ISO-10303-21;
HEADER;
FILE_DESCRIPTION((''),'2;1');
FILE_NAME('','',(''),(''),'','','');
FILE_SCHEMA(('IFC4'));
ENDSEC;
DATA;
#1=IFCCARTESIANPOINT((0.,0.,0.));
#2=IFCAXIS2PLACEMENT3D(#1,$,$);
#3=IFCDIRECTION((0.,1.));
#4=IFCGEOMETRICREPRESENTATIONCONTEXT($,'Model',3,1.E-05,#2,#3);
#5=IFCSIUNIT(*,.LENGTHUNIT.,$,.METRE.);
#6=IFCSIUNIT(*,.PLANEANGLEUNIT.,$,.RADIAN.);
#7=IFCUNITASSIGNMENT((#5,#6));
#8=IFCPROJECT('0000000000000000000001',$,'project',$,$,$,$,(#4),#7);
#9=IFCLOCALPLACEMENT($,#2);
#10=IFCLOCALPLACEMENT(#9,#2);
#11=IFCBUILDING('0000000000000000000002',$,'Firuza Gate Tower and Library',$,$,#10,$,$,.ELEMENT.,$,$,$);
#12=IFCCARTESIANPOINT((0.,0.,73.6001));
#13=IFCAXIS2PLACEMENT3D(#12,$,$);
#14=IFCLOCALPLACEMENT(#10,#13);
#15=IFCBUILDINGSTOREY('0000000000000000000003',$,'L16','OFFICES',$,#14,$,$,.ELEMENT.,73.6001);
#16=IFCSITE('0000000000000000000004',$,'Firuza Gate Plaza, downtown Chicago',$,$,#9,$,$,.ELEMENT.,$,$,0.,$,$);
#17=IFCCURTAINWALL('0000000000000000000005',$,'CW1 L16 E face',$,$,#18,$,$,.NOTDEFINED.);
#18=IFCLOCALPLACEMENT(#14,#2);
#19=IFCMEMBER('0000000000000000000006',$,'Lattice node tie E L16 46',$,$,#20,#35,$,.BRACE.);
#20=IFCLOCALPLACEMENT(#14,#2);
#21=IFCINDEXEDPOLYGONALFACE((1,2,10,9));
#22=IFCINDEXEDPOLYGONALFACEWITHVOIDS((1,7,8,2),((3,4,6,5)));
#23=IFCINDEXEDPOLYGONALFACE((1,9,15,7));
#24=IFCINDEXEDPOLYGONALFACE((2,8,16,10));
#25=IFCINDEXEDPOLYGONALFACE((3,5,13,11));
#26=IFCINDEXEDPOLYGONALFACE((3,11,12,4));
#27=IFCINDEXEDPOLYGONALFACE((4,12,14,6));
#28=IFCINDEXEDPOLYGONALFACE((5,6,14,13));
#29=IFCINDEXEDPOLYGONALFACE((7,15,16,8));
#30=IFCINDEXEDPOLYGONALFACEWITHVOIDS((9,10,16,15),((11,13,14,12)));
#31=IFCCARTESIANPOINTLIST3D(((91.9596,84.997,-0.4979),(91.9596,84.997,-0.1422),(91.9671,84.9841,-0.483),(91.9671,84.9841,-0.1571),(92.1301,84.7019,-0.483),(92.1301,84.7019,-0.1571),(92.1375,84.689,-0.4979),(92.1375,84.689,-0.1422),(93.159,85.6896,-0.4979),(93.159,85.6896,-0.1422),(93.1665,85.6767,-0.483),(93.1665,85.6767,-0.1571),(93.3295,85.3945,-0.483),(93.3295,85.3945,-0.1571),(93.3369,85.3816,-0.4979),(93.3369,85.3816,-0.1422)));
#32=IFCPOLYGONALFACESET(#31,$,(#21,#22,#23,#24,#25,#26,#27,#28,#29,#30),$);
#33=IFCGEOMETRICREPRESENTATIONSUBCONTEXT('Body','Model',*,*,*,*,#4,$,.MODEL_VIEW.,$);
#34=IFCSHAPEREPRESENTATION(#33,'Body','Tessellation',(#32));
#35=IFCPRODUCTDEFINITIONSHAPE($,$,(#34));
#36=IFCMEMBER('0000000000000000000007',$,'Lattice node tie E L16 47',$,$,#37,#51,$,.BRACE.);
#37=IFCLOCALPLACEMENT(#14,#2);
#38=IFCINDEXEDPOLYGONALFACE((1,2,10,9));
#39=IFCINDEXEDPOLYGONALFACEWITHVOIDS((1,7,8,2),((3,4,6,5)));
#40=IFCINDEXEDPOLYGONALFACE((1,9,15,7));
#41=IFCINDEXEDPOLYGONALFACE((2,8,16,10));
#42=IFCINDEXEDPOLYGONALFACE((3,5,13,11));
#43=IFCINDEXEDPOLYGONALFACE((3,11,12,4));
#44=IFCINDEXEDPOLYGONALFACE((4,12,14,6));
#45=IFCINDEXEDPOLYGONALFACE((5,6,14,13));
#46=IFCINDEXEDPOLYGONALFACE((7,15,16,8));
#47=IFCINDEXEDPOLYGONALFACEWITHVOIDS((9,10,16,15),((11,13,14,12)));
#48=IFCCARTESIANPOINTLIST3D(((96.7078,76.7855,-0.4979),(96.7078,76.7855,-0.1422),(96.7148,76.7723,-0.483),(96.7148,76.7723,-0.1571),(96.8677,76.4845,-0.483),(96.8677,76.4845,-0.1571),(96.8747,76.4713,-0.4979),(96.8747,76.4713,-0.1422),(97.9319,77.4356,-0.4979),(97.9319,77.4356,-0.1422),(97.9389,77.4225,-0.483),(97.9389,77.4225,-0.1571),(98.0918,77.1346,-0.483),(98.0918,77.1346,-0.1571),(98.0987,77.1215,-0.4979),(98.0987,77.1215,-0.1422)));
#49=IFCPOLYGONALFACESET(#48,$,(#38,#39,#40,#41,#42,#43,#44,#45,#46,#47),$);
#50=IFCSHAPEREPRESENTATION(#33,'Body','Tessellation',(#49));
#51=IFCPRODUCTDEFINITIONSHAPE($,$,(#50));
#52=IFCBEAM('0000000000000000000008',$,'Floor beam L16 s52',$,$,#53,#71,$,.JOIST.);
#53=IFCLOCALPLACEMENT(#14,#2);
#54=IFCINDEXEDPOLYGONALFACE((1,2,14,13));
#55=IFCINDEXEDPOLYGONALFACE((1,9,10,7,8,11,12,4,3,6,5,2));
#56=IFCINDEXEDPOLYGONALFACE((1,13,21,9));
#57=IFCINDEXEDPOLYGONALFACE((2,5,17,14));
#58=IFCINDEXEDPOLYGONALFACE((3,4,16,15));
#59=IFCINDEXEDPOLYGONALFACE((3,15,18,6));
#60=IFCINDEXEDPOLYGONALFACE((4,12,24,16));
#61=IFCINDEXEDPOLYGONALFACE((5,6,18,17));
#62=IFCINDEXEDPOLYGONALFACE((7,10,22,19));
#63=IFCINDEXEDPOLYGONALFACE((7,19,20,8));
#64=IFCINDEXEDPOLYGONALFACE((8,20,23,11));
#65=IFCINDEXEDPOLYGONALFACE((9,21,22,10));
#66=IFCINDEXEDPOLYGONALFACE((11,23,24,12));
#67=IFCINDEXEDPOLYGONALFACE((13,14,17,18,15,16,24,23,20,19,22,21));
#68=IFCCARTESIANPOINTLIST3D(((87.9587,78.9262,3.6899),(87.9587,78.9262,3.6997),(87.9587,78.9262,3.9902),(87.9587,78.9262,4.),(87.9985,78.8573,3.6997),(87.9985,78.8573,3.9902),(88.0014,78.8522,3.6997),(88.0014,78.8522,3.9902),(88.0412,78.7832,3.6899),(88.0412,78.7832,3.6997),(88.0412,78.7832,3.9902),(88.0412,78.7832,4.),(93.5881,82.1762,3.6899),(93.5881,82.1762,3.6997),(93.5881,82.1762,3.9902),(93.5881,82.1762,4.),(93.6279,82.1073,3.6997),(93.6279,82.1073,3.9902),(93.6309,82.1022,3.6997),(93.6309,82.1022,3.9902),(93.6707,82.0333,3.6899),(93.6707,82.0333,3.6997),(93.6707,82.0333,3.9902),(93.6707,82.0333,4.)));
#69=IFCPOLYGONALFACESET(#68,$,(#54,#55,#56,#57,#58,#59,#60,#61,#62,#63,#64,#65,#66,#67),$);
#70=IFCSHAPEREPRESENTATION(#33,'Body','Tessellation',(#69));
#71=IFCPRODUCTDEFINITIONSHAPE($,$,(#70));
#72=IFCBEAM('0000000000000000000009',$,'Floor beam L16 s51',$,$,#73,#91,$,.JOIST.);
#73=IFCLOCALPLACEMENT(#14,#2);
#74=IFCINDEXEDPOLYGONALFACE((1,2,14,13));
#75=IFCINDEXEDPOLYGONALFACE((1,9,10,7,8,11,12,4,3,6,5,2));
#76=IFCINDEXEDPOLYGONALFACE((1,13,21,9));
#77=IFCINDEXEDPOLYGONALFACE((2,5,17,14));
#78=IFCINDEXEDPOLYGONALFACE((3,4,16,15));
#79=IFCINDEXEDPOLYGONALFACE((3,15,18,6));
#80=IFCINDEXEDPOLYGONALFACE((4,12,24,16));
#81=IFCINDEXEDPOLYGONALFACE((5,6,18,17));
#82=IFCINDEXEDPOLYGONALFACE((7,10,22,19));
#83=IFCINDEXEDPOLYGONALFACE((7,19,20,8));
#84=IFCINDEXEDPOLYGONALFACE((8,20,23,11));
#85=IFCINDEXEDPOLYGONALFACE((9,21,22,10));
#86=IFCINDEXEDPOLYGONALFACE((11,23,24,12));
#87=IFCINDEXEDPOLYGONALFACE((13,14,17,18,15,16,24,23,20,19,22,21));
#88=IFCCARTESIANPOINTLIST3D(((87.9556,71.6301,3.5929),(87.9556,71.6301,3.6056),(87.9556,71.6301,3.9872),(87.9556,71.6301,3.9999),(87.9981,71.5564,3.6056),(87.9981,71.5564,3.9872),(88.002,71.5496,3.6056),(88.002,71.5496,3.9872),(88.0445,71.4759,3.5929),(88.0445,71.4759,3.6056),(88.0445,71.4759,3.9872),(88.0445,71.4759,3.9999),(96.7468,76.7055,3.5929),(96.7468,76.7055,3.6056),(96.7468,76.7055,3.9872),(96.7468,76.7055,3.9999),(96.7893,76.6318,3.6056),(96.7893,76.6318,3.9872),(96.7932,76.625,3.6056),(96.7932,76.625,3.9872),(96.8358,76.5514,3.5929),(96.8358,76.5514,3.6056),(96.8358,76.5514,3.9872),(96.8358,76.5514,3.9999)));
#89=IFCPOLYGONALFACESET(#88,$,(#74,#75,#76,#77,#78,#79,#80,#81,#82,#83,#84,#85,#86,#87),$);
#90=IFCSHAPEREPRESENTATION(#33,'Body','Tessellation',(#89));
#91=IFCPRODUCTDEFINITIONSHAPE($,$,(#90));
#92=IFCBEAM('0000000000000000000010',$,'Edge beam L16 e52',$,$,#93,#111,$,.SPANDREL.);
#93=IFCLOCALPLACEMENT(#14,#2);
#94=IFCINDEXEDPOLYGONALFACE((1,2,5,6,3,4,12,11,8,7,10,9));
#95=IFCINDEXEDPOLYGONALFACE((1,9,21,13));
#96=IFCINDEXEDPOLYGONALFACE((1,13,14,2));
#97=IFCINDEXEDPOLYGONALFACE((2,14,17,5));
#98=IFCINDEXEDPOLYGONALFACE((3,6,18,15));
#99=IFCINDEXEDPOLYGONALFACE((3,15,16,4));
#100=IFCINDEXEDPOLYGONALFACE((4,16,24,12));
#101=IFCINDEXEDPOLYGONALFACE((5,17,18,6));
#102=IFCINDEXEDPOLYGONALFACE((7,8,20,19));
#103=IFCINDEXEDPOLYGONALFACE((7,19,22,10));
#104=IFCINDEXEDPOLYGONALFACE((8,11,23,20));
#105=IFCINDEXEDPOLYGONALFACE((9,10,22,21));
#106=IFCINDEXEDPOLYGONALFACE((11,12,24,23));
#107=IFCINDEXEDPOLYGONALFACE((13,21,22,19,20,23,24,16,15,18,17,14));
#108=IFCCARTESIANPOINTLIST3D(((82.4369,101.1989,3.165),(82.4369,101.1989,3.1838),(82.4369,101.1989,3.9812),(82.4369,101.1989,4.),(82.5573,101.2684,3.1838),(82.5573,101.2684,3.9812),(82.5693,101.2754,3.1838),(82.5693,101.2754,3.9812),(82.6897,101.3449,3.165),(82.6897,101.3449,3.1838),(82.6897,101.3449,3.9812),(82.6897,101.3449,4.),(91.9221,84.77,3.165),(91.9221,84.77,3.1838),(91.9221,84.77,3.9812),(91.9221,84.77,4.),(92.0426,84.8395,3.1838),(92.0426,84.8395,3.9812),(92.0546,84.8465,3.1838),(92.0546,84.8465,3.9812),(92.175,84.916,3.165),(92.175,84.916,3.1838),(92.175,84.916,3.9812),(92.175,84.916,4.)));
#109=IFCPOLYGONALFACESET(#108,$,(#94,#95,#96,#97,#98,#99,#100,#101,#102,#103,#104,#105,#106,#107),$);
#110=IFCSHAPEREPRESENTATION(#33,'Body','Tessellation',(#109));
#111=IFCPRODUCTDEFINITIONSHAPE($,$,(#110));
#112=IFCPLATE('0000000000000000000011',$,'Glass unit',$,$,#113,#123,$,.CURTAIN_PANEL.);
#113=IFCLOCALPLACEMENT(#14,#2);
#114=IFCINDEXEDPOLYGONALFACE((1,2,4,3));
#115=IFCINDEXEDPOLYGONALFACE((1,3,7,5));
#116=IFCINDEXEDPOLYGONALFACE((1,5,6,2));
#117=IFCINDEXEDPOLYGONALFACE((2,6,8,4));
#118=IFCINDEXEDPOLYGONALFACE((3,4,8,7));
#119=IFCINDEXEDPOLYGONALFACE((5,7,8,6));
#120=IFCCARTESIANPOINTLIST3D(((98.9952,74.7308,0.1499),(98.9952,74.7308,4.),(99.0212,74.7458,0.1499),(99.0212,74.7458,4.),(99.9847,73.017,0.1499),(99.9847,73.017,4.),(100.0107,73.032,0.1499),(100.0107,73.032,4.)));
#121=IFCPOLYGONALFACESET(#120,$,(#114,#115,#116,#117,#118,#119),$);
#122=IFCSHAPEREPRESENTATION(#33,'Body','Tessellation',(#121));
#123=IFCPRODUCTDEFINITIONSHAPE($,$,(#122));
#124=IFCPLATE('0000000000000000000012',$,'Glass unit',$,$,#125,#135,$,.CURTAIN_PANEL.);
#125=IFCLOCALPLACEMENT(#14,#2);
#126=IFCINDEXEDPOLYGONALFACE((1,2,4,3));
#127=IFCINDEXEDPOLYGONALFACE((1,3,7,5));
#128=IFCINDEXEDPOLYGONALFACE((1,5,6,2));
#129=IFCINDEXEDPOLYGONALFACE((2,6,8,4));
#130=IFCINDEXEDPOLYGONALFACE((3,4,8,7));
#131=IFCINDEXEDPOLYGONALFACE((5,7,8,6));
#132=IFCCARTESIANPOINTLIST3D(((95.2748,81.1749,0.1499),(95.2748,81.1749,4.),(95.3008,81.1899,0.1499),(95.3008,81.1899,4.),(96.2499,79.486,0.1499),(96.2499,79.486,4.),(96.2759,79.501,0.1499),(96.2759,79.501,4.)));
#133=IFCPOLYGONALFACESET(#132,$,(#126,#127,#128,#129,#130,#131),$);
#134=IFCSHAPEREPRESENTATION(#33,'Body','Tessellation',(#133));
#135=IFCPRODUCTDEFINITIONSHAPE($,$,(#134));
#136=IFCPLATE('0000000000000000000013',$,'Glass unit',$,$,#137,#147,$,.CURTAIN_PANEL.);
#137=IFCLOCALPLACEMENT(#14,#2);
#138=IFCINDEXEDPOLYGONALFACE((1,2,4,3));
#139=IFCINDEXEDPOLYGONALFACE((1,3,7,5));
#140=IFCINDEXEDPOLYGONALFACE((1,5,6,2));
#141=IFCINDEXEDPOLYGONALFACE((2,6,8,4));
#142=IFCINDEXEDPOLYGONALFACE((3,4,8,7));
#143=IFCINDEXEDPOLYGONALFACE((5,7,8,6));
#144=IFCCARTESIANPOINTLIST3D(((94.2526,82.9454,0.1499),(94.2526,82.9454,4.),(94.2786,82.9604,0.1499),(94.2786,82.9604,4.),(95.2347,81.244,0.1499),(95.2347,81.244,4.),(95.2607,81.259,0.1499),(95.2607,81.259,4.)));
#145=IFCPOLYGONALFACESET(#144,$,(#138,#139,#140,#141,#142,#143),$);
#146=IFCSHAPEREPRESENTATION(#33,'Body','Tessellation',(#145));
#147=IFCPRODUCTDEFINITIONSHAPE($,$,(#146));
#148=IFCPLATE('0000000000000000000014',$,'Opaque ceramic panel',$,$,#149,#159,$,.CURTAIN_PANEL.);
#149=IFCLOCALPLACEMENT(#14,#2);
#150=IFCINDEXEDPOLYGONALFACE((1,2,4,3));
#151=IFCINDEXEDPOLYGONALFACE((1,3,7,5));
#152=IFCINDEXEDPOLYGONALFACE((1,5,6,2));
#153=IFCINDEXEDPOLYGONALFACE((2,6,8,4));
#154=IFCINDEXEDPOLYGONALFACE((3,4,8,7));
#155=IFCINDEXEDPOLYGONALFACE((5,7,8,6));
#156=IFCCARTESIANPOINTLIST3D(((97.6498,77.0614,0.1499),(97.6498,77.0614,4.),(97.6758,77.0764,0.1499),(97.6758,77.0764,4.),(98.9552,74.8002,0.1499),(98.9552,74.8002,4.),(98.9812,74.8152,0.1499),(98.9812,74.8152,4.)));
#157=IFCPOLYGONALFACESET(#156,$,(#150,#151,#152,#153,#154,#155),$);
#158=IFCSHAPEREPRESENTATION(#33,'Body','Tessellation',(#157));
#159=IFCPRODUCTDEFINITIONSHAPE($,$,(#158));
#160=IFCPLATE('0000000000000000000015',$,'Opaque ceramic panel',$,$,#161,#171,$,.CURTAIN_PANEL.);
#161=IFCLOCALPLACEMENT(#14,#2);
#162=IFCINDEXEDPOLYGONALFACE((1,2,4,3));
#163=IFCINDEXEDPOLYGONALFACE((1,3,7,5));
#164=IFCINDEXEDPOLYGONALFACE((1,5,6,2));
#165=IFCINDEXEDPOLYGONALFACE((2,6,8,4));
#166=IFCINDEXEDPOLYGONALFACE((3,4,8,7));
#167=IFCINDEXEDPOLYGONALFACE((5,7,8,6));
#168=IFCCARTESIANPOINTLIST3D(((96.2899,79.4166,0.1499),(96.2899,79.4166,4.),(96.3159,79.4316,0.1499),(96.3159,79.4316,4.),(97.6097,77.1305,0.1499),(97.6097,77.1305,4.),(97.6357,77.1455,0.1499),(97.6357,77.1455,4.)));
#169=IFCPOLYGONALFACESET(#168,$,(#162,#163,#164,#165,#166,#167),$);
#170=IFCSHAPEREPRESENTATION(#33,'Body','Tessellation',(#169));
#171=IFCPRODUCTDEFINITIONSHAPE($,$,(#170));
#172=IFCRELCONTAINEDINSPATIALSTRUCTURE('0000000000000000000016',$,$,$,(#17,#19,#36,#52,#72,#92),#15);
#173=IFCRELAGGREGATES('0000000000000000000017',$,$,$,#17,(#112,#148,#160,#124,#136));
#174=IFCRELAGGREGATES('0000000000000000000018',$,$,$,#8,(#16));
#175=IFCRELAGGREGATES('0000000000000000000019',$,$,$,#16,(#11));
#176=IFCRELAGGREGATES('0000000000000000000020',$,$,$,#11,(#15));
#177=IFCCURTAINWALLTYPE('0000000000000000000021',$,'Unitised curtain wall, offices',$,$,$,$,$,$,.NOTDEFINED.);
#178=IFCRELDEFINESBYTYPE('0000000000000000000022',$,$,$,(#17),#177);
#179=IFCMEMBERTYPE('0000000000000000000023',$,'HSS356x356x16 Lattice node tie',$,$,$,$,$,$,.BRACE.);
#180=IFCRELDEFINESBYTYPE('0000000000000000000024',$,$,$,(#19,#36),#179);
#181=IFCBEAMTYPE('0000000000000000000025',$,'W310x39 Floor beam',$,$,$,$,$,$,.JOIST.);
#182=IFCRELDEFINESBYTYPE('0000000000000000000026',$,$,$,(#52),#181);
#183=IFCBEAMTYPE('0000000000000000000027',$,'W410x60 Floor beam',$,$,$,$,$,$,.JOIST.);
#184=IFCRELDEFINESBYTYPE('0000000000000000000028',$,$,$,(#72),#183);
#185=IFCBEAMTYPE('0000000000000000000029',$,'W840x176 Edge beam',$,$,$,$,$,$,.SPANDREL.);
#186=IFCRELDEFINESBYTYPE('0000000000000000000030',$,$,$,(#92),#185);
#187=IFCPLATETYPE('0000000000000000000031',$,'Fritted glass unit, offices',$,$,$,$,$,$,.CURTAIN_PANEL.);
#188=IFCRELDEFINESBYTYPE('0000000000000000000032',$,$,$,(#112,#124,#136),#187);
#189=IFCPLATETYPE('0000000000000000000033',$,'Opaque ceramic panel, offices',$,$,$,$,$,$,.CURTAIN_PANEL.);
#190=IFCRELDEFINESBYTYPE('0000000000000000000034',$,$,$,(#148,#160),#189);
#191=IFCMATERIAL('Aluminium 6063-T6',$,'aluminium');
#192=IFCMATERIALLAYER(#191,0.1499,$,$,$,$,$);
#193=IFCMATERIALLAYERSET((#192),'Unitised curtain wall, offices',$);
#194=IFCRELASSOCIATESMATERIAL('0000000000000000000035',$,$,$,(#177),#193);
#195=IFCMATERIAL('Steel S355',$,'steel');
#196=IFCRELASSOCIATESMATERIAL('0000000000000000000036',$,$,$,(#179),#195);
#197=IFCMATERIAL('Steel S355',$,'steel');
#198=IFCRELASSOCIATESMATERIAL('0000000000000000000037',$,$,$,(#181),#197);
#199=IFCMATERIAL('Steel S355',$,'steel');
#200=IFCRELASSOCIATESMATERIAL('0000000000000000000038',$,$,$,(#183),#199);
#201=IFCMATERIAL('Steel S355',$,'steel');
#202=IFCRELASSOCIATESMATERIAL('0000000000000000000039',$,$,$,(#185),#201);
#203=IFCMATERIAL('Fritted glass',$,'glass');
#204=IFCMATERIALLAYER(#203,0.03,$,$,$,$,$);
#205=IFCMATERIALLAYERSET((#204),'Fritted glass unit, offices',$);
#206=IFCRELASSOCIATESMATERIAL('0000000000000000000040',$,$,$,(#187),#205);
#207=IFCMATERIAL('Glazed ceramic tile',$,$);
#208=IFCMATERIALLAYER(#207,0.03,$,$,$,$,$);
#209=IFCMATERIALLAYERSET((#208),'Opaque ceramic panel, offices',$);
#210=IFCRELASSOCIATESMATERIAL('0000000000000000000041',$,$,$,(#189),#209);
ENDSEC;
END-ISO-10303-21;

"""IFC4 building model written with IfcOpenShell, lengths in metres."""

from ifc_helpers import new_model, si_unit, direction, frame, origin, origin_2d, place, context, subcontext, project, spatial, polyline, hollow_rectangle, i_section, outline, extrude, material, layer, layer_set, material_profile, profile_set, type_object, element, aggregate, save


model = new_model("IFC4")

# Units and contexts
model_context = context("Model", 3, precision=1e-05, world=origin(), true_north=direction((0.0, 1.0)))
body_context = subcontext(model_context, "Body", "Model", "MODEL_VIEW")
ifc_project = project(units=[si_unit("LENGTHUNIT", "METRE"), si_unit("PLANEANGLEUNIT", "RADIAN")], contexts=[model_context])

# Site, building, storey
site_placement = place(None, origin())
site = spatial("IfcSite", under=ifc_project, at=site_placement, Name="Firuza Gate Plaza, downtown Chicago", CompositionType="ELEMENT", RefElevation=0.0)
building_placement = place(site_placement, origin())
building = spatial("IfcBuilding", under=site, at=building_placement, Name="Firuza Gate Tower and Library", CompositionType="ELEMENT")
storey_placement = place(building_placement, frame((0.0, 0.0, 73.6001)))
storey = spatial("IfcBuildingStorey", under=building, at=storey_placement, Name="L16", Description="OFFICES", CompositionType="ELEMENT", Elevation=73.6001)

# Curtain wall
ifc_material_1 = material(Name="Aluminium 6063-T6", Category="aluminium")
ifc_layer_1 = layer(ifc_material_1, 0.1499)
ifc_layer_set_1 = layer_set([ifc_layer_1], Name="Unitised curtain wall, offices")
curtain_wall_type = type_object("IfcCurtainWallType", Name="Unitised curtain wall, offices", PredefinedType="NOTDEFINED", material=ifc_layer_set_1)
curtain_wall_placement = place(storey_placement, origin())
curtain_wall = element("IfcCurtainWall", 1, at=curtain_wall_placement, inside=storey, type_object=curtain_wall_type, Name="CW1 L16 E face", PredefinedType="NOTDEFINED")

# Members
ifc_material_2 = material(Name="Steel S355", Category="steel")
ifc_material_profile_1 = material_profile(ifc_material_2, hollow_rectangle(XDim=0.3557, YDim=0.3557, WallThickness=0.0149, at=origin_2d()))
ifc_profile_set_1 = profile_set([ifc_material_profile_1], Name="Steel S355")
member_type_1 = type_object("IfcMemberType", Name="HSS356x356x16 Lattice node tie", PredefinedType="BRACE", material=ifc_profile_set_1)
member_1_placement = place(storey_placement, frame((92.0486, 84.843, -0.3201), z_axis=(0.865989, 0.500063, 0.0), x_axis=(-0.500063, 0.865989, 0.0)))
element("IfcMember", 2, at=member_1_placement, inside=storey, type_object=member_type_1, Name="Lattice node tie E L16 46", PredefinedType="BRACE", context=body_context, shape_type="SweptSolid", body=[
    extrude(hollow_rectangle(XDim=0.3557, YDim=0.3557, WallThickness=0.0149, at=origin_2d()), origin(), (0.0, 0.0, 1.0), 1.385),
])
member_2_placement = place(storey_placement, frame((96.7913, 76.6284, -0.3201), z_axis=(0.883166, 0.469061, 0.0), x_axis=(-0.469061, 0.883166, 0.0)))
element("IfcMember", 3, at=member_2_placement, inside=storey, type_object=member_type_1, Name="Lattice node tie E L16 47", PredefinedType="BRACE", context=body_context, shape_type="SweptSolid", body=[
    extrude(hollow_rectangle(XDim=0.3557, YDim=0.3557, WallThickness=0.0149, at=origin_2d()), origin(), (0.0, 0.0, 1.0), 1.386),
])

# Beams
ifc_material_3 = material(Name="Steel S355", Category="steel")
ifc_material_profile_2 = material_profile(ifc_material_3, i_section(OverallWidth=0.165, OverallDepth=0.3101, WebThickness=0.0059, FlangeThickness=0.0098, at=origin_2d()))
ifc_profile_set_2 = profile_set([ifc_material_profile_2], Name="Steel S355")
beam_type_1 = type_object("IfcBeamType", Name="W310x39 Floor beam", PredefinedType="JOIST", material=ifc_profile_set_2)
beam_1_placement = place(storey_placement, frame((93.6294, 82.1047, 3.845), z_axis=(-0.866034, -0.499985, 0.0), x_axis=(0.499985, -0.866034, 0.0)))
element("IfcBeam", 4, at=beam_1_placement, inside=storey, type_object=beam_type_1, Name="Floor beam L16 s52", PredefinedType="JOIST", context=body_context, shape_type="SweptSolid", body=[
    extrude(i_section(OverallWidth=0.165, OverallDepth=0.3101, WebThickness=0.0059, FlangeThickness=0.0098, at=origin_2d()), origin(), (0.0, 0.0, 1.0), 6.5002),
])
ifc_material_4 = material(Name="Steel S355", Category="steel")
ifc_material_profile_3 = material_profile(ifc_material_4, i_section(OverallWidth=0.178, OverallDepth=0.407, WebThickness=0.0078, FlangeThickness=0.0127, at=origin_2d()))
ifc_profile_set_3 = profile_set([ifc_material_profile_3], Name="Steel S355")
beam_type_2 = type_object("IfcBeamType", Name="W410x60 Floor beam", PredefinedType="JOIST", material=ifc_profile_set_3)
beam_2_placement = place(storey_placement, frame((96.7913, 76.6284, 3.7964), z_axis=(-0.866034, -0.499985, 0.0), x_axis=(0.499985, -0.866034, 0.0)))
element("IfcBeam", 5, at=beam_2_placement, inside=storey, type_object=beam_type_2, Name="Floor beam L16 s51", PredefinedType="JOIST", context=body_context, shape_type="SweptSolid", body=[
    extrude(i_section(OverallWidth=0.178, OverallDepth=0.407, WebThickness=0.0078, FlangeThickness=0.0127, at=origin_2d()), origin(), (0.0, 0.0, 1.0), 10.1511),
])
ifc_material_5 = material(Name="Steel S355", Category="steel")
ifc_material_profile_4 = material_profile(ifc_material_5, i_section(OverallWidth=0.292, OverallDepth=0.835, WebThickness=0.0139, FlangeThickness=0.0188, at=origin_2d()))
ifc_profile_set_4 = profile_set([ifc_material_profile_4], Name="Steel S355")
beam_type_3 = type_object("IfcBeamType", Name="W840x176 Edge beam", PredefinedType="SPANDREL", material=ifc_profile_set_4)
beam_3_placement = place(storey_placement, frame((92.0486, 84.843, 3.5825), z_axis=(-0.500004, 0.866023, 0.0), x_axis=(-0.866023, -0.500004, 0.0)))
element("IfcBeam", 6, at=beam_3_placement, inside=storey, type_object=beam_type_3, Name="Edge beam L16 e52", PredefinedType="SPANDREL", context=body_context, shape_type="SweptSolid", body=[
    extrude(i_section(OverallWidth=0.292, OverallDepth=0.835, WebThickness=0.0139, FlangeThickness=0.0188, at=origin_2d()), origin(), (0.0, 0.0, 1.0), 18.9705),
])

# Plates
ifc_material_6 = material(Name="Fritted glass", Category="glass")
ifc_layer_2 = layer(ifc_material_6, 0.03)
ifc_layer_set_2 = layer_set([ifc_layer_2], Name="Fritted glass unit, offices")
plate_type_1 = type_object("IfcPlateType", Name="Fritted glass unit, offices", PredefinedType="CURTAIN_PANEL", material=ifc_layer_set_2)
plate_1_placement = place(storey_placement, frame((100.0107, 73.032, 0.1499), z_axis=(0.866025, 0.5, 0.0), x_axis=(-0.5, 0.866025, 0.0)))
plate_1 = element("IfcPlate", 7, at=plate_1_placement, type_object=plate_type_1, Name="Glass unit", PredefinedType="CURTAIN_PANEL", context=body_context, shape_type="SweptSolid", body=[
    extrude(outline(polyline([(0.0, 0.0), (1.979, 0.0), (1.979, 3.8501), (0.0, 3.8501), (0.0, 0.0)])), origin(), (0.0, 0.0, -1.0), 0.03),
])
plate_2_placement = place(storey_placement, frame((96.2759, 79.501, 0.1499), z_axis=(0.866031, 0.49999, 0.0), x_axis=(-0.49999, 0.866031, 0.0)))
plate_2 = element("IfcPlate", 8, at=plate_2_placement, type_object=plate_type_1, Name="Glass unit", PredefinedType="CURTAIN_PANEL", context=body_context, shape_type="SweptSolid", body=[
    extrude(outline(polyline([(0.0, 0.0), (1.9502, 0.0), (1.9502, 3.8501), (0.0, 3.8501), (0.0, 0.0)])), origin(), (0.0, 0.0, -1.0), 0.03),
])
plate_3_placement = place(storey_placement, frame((95.2607, 81.259, 0.1499), z_axis=(0.866055, 0.499948, 0.0), x_axis=(-0.499948, 0.866055, 0.0)))
plate_3 = element("IfcPlate", 9, at=plate_3_placement, type_object=plate_type_1, Name="Glass unit", PredefinedType="CURTAIN_PANEL", context=body_context, shape_type="SweptSolid", body=[
    extrude(outline(polyline([(0.0, 0.0), (1.9646, 0.0), (1.9646, 3.8501), (0.0, 3.8501), (0.0, 0.0)])), origin(), (0.0, 0.0, -1.0), 0.03),
])
ifc_material_7 = material(Name="Glazed ceramic tile")
ifc_layer_3 = layer(ifc_material_7, 0.03)
ifc_layer_set_3 = layer_set([ifc_layer_3], Name="Opaque ceramic panel, offices")
plate_type_2 = type_object("IfcPlateType", Name="Opaque ceramic panel, offices", PredefinedType="CURTAIN_PANEL", material=ifc_layer_set_3)
plate_4_placement = place(storey_placement, frame((98.9812, 74.8152, 0.1499), z_axis=(0.866042, 0.499971, 0.0), x_axis=(-0.499971, 0.866042, 0.0)))
plate_4 = element("IfcPlate", 10, at=plate_4_placement, type_object=plate_type_2, Name="Opaque ceramic panel", PredefinedType="CURTAIN_PANEL", context=body_context, shape_type="SweptSolid", body=[
    extrude(outline(polyline([(0.0, 0.0), (2.611, 0.0), (2.611, 3.8501), (0.0, 3.8501), (0.0, 0.0)])), origin(), (0.0, 0.0, -1.0), 0.03),
])
plate_5_placement = place(storey_placement, frame((97.6357, 77.1455, 0.1499), z_axis=(0.866038, 0.499979, 0.0), x_axis=(-0.499979, 0.866038, 0.0)))
plate_5 = element("IfcPlate", 11, at=plate_5_placement, type_object=plate_type_2, Name="Opaque ceramic panel", PredefinedType="CURTAIN_PANEL", context=body_context, shape_type="SweptSolid", body=[
    extrude(outline(polyline([(0.0, 0.0), (2.6398, 0.0), (2.6398, 3.8501), (0.0, 3.8501), (0.0, 0.0)])), origin(), (0.0, 0.0, -1.0), 0.03),
])
aggregate(curtain_wall, [plate_1, plate_4, plate_5, plate_2, plate_3])

save(model, "model.ifc")
